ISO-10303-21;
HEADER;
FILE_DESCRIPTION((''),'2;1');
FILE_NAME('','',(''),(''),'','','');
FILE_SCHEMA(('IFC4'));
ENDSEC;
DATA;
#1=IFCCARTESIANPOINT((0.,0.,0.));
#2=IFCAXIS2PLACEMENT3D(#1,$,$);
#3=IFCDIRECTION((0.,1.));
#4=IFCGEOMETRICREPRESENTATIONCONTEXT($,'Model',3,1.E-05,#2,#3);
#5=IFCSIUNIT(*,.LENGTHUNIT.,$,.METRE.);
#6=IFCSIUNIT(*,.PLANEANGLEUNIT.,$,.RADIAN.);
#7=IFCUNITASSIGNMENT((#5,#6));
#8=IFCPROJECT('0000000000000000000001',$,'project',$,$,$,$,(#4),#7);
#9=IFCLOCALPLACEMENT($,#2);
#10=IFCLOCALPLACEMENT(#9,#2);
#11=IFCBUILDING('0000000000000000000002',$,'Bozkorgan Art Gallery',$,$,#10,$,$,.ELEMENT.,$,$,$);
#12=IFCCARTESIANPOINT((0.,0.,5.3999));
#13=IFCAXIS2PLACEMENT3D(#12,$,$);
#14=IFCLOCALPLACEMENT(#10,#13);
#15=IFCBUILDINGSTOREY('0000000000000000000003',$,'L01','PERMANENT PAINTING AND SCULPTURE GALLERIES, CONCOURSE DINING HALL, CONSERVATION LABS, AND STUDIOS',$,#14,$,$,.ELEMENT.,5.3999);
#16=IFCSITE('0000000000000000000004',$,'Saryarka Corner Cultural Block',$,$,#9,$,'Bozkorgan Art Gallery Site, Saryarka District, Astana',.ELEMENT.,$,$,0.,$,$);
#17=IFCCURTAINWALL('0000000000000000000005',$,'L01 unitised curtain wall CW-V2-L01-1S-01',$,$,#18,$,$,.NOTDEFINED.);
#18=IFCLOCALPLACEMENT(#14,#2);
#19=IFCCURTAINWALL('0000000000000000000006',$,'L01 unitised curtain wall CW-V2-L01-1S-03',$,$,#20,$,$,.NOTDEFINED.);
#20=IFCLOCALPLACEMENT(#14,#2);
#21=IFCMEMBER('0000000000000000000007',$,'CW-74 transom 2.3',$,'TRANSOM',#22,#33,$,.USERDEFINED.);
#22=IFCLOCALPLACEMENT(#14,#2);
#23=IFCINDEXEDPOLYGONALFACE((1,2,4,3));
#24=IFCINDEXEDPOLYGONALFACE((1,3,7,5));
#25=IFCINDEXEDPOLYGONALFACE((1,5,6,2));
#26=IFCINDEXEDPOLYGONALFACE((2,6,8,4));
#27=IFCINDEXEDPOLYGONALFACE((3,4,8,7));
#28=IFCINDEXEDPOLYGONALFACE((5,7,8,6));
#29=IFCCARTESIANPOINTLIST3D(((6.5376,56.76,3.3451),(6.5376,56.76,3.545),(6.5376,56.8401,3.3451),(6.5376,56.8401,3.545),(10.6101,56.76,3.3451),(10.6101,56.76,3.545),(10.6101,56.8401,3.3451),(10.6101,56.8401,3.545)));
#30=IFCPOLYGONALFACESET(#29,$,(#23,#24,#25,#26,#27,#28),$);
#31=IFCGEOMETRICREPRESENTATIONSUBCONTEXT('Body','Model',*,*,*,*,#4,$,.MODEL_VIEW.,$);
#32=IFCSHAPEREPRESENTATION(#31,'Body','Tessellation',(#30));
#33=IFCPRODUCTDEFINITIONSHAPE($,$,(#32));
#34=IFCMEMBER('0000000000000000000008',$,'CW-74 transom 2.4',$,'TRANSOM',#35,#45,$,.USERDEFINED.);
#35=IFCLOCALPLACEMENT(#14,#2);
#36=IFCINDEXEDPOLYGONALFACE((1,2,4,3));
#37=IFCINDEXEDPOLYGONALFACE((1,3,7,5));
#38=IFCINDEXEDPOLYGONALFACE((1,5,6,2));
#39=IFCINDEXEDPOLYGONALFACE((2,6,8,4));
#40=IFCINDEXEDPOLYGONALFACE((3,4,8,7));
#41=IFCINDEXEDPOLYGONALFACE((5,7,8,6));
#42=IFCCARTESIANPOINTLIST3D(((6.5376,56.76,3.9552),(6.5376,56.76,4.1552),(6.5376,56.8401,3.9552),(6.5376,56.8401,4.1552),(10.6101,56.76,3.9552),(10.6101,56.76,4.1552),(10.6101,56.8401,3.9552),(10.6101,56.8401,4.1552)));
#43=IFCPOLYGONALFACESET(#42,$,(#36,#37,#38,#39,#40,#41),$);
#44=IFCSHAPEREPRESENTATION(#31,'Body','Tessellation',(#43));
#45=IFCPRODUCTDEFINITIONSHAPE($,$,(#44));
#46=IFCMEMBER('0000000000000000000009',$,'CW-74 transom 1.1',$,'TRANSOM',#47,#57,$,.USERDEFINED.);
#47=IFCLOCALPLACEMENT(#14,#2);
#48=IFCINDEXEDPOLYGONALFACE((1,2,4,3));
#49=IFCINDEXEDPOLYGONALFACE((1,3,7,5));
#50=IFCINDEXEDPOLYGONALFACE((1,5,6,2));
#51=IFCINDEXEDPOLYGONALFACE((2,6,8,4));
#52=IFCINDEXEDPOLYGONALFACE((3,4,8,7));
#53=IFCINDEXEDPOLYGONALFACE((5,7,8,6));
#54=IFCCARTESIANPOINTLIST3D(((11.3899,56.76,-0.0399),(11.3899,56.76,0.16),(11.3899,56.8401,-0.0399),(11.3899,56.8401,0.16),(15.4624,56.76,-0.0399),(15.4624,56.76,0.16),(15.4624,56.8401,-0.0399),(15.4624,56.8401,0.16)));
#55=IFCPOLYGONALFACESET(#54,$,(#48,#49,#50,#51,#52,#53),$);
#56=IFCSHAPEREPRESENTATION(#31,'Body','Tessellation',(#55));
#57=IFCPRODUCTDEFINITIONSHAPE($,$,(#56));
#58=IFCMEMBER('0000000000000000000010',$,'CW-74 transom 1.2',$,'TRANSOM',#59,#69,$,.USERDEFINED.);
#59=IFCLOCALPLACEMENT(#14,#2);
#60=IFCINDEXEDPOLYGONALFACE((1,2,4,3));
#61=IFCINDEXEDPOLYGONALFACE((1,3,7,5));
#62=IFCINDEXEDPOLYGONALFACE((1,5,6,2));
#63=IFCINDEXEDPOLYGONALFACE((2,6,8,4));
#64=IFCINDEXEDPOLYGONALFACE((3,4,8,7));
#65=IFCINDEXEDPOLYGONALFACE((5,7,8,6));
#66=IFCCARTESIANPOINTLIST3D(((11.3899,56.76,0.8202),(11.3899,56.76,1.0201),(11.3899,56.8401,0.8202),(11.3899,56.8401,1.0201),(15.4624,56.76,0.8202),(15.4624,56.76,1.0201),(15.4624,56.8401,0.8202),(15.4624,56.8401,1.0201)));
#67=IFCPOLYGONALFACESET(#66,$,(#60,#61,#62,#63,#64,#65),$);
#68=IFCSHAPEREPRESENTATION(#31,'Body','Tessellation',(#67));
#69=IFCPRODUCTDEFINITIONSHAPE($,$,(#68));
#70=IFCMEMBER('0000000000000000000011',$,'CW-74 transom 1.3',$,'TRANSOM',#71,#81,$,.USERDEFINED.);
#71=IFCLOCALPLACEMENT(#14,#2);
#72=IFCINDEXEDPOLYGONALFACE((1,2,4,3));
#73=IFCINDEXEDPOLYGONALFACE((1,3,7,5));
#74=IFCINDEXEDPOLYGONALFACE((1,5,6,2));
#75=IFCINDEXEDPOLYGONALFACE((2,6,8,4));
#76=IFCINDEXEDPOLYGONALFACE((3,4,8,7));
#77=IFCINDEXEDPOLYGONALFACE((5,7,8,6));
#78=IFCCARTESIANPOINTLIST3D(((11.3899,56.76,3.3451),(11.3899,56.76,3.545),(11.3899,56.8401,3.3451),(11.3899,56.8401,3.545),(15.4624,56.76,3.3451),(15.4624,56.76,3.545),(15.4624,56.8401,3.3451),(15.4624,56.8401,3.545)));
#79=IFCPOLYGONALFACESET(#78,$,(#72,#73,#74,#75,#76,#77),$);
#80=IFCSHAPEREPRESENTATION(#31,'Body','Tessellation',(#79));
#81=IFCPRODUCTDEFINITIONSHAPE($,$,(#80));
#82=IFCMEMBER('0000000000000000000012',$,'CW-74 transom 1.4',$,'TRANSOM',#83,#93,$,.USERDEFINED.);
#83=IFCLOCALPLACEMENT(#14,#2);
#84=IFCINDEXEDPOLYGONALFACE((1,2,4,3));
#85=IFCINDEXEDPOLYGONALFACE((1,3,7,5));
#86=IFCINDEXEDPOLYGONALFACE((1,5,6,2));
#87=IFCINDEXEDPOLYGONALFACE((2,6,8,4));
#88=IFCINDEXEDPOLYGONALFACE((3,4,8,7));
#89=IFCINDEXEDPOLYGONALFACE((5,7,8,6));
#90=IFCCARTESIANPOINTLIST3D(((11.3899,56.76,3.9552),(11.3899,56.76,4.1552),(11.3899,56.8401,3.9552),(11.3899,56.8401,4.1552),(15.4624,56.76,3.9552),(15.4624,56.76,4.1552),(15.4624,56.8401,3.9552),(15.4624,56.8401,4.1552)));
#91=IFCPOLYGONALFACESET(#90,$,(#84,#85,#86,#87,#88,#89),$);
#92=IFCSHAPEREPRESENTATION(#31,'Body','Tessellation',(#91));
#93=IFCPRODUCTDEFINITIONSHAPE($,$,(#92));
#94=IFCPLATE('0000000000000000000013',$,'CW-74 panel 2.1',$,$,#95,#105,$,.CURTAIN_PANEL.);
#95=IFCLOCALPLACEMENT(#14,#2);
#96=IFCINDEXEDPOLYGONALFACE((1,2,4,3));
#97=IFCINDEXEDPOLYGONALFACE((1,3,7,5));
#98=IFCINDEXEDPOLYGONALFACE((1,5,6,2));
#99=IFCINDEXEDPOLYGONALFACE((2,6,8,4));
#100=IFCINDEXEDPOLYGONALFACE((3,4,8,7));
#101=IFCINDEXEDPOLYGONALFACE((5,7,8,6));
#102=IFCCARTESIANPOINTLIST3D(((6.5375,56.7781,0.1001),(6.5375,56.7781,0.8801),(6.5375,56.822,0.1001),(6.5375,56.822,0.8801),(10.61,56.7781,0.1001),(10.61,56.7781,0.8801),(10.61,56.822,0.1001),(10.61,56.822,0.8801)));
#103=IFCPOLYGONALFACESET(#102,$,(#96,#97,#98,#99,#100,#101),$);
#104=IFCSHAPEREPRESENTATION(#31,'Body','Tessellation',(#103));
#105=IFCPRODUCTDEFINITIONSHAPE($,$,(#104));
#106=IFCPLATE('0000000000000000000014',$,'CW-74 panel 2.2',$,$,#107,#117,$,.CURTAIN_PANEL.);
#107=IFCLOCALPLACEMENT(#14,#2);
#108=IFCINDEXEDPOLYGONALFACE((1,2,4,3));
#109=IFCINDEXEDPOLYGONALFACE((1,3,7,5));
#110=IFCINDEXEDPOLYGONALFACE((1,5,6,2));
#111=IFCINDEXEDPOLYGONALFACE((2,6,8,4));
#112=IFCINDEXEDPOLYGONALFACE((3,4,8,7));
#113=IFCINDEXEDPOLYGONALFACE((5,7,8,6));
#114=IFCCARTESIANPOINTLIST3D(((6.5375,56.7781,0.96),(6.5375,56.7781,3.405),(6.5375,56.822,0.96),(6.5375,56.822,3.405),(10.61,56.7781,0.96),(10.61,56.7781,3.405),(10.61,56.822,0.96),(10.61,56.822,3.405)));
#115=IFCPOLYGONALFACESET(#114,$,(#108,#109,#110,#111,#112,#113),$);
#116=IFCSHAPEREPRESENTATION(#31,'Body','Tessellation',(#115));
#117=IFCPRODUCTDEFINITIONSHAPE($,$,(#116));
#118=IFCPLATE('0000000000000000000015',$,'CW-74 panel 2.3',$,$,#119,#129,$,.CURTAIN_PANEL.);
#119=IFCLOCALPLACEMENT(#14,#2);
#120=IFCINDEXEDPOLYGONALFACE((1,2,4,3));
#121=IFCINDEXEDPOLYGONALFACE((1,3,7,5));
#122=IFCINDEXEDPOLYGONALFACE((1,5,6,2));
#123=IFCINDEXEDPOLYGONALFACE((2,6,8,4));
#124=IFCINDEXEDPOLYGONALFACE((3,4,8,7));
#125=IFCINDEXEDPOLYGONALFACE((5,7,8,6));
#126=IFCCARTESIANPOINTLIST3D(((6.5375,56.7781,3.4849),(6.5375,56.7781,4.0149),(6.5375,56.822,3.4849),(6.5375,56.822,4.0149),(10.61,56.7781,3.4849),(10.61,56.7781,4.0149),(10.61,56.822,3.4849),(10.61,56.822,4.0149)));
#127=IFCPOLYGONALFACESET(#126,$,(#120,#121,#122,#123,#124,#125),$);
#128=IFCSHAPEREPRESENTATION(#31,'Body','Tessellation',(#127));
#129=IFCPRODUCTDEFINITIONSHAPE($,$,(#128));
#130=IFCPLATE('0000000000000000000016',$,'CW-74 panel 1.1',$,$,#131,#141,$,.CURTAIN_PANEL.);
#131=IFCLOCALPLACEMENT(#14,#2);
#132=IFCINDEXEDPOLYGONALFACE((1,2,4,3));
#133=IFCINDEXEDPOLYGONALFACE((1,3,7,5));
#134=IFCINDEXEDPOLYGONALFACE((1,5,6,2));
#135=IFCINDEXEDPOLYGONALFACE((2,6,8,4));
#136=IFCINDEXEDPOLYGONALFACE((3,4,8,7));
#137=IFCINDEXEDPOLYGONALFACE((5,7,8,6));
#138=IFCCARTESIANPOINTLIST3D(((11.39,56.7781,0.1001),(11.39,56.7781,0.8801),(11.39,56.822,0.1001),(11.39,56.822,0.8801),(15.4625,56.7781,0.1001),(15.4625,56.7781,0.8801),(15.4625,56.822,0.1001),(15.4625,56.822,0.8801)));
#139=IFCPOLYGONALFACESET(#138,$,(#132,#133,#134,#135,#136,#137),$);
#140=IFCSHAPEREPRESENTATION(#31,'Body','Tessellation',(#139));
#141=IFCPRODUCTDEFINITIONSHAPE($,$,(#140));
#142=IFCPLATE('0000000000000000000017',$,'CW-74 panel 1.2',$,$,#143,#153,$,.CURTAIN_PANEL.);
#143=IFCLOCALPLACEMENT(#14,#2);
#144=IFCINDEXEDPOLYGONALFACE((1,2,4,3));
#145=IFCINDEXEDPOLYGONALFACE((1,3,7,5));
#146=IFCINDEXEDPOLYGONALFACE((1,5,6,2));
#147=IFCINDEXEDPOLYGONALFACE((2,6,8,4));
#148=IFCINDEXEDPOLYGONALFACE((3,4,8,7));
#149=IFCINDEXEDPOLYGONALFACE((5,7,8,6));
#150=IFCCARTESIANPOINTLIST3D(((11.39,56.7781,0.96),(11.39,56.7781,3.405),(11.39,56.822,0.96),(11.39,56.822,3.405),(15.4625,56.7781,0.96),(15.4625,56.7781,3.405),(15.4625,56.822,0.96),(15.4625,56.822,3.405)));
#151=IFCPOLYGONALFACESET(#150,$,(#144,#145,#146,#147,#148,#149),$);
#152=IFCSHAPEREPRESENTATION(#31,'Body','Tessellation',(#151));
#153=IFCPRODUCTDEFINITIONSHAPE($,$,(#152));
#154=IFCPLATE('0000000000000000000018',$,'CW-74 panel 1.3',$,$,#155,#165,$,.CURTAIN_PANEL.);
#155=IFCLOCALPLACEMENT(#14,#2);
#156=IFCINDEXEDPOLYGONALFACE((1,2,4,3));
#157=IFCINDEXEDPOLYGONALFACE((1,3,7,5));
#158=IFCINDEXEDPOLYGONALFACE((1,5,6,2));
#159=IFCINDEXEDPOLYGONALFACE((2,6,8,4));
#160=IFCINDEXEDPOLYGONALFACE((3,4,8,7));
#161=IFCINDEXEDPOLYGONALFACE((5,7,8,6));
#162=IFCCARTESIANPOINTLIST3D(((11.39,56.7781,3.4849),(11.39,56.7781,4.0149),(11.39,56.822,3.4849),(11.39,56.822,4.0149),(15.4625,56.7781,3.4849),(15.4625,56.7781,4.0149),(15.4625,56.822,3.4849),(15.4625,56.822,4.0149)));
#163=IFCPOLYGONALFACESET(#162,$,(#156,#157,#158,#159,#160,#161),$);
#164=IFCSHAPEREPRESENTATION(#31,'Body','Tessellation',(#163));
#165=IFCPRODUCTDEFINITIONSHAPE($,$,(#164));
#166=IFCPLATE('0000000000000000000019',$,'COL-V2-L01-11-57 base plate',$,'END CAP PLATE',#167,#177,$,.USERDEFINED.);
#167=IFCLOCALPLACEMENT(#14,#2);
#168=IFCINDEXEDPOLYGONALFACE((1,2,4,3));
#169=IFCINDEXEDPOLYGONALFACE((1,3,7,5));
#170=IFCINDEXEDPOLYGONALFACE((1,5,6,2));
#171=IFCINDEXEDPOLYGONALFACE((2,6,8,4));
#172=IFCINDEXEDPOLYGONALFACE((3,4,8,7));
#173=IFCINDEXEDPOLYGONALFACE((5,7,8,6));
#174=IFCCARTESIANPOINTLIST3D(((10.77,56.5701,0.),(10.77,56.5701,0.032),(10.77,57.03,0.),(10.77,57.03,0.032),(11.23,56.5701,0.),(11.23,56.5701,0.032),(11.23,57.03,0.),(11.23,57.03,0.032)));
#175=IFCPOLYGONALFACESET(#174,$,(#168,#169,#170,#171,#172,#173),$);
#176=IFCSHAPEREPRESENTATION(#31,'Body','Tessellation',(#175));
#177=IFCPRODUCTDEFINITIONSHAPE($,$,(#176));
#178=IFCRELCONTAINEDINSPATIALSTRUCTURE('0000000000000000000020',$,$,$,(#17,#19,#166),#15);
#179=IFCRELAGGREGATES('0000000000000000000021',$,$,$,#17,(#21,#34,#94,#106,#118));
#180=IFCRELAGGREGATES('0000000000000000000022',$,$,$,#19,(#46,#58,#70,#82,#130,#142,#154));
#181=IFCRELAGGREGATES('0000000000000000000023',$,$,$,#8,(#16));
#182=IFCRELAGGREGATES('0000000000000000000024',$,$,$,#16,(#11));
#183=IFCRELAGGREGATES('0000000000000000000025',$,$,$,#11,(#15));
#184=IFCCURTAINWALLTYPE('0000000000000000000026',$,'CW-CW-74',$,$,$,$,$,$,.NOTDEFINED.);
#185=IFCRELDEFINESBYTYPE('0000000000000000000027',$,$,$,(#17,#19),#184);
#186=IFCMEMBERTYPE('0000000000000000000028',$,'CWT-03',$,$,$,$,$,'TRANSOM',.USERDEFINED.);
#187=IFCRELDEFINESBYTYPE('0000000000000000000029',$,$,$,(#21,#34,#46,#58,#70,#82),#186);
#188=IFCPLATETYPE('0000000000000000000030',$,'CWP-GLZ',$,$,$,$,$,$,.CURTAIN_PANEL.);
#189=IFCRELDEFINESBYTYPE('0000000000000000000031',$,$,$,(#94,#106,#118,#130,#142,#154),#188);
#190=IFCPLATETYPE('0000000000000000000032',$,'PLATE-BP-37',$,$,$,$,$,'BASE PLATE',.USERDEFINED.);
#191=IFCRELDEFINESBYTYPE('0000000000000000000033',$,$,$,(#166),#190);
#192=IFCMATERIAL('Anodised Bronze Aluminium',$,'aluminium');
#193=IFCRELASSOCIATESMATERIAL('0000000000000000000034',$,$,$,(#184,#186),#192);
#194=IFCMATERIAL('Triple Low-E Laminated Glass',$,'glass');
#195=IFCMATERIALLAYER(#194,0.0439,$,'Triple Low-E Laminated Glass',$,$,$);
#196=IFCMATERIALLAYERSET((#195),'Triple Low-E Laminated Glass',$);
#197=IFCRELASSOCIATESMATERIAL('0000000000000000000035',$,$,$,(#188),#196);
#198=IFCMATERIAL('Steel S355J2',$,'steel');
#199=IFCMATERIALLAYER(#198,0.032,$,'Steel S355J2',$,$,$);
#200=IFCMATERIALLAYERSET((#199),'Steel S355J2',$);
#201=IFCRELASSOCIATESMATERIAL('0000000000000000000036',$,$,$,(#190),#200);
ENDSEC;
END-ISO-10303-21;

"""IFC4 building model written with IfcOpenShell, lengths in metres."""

from ifc_helpers import new_model, si_unit, direction, frame, origin, origin_2d, place, context, subcontext, project, spatial, rectangle, extrude, material, layer, layer_set, material_profile, profile_set, type_object, element, aggregate, save


model = new_model("IFC4")

# Units and contexts
model_context = context("Model", 3, precision=1e-05, world=origin(), true_north=direction((0.0, 1.0)))
body_context = subcontext(model_context, "Body", "Model", "MODEL_VIEW")
ifc_project = project(units=[si_unit("LENGTHUNIT", "METRE"), si_unit("PLANEANGLEUNIT", "RADIAN")], contexts=[model_context])

# Site, building, storey
site_placement = place(None, origin())
site = spatial("IfcSite", under=ifc_project, at=site_placement, Name="Saryarka Corner Cultural Block", LongName="Bozkorgan Art Gallery Site, Saryarka District, Astana", CompositionType="ELEMENT", RefElevation=0.0)
building_placement = place(site_placement, origin())
building = spatial("IfcBuilding", under=site, at=building_placement, Name="Bozkorgan Art Gallery", CompositionType="ELEMENT")
storey_placement = place(building_placement, frame((0.0, 0.0, 5.3999)))
storey = spatial("IfcBuildingStorey", under=building, at=storey_placement, Name="L01", Description="PERMANENT PAINTING AND SCULPTURE GALLERIES, CONCOURSE DINING HALL, CONSERVATION LABS, AND STUDIOS", CompositionType="ELEMENT", Elevation=5.3999)

# Shared definitions
ifc_material_1 = material(Name="Steel S355J2", Category="steel")

# Curtain walls
ifc_material_2 = material(Name="Anodised Bronze Aluminium", Category="aluminium")
curtain_wall_type = type_object("IfcCurtainWallType", Name="CW-CW-74", PredefinedType="NOTDEFINED", material=ifc_material_2)
curtain_wall_1_placement = place(storey_placement, origin())
curtain_wall_1 = element("IfcCurtainWall", 1, at=curtain_wall_1_placement, inside=storey, type_object=curtain_wall_type, Name="L01 unitised curtain wall CW-V2-L01-1S-01", PredefinedType="NOTDEFINED")
curtain_wall_2_placement = place(storey_placement, origin())
curtain_wall_2 = element("IfcCurtainWall", 2, at=curtain_wall_2_placement, inside=storey, type_object=curtain_wall_type, Name="L01 unitised curtain wall CW-V2-L01-1S-03", PredefinedType="NOTDEFINED")

# Members
ifc_material_profile_1 = material_profile(ifc_material_2, rectangle(XDim=0.0801, YDim=0.2, at=origin_2d()), Name="ALU TRANSOM 80x200")
ifc_profile_set_1 = profile_set([ifc_material_profile_1], Name="Anodised Bronze Aluminium")
member_type_1 = type_object("IfcMemberType", Name="CWT-03", ElementType="TRANSOM", PredefinedType="USERDEFINED", material=ifc_profile_set_1)
member_1_placement = place(storey_placement, frame((6.5376, 56.8, 3.4451), z_axis=(1.0, 0.0, 0.0), x_axis=(0.0, 1.0, 0.0)))
member_1 = element("IfcMember", 3, at=member_1_placement, type_object=member_type_1, Name="CW-74 transom 2.3", ObjectType="TRANSOM", PredefinedType="USERDEFINED", context=body_context, shape_type="SweptSolid", body=[
    extrude(rectangle(XDim=0.0801, YDim=0.2, at=origin_2d()), origin(), (0.0, 0.0, 1.0), 4.0725),
])
member_2_placement = place(storey_placement, frame((6.5376, 56.8, 4.0552), z_axis=(1.0, 0.0, 0.0), x_axis=(0.0, 1.0, 0.0)))
member_2 = element("IfcMember", 4, at=member_2_placement, type_object=member_type_1, Name="CW-74 transom 2.4", ObjectType="TRANSOM", PredefinedType="USERDEFINED", context=body_context, shape_type="SweptSolid", body=[
    extrude(rectangle(XDim=0.0801, YDim=0.2, at=origin_2d()), origin(), (0.0, 0.0, 1.0), 4.0725),
])
member_3_placement = place(storey_placement, frame((11.3899, 56.8, 0.0601), z_axis=(1.0, 0.0, 0.0), x_axis=(0.0, 1.0, 0.0)))
member_3 = element("IfcMember", 5, at=member_3_placement, type_object=member_type_1, Name="CW-74 transom 1.1", ObjectType="TRANSOM", PredefinedType="USERDEFINED", context=body_context, shape_type="SweptSolid", body=[
    extrude(rectangle(XDim=0.0801, YDim=0.2, at=origin_2d()), origin(), (0.0, 0.0, 1.0), 4.0725),
])
member_4_placement = place(storey_placement, frame((11.3899, 56.8, 0.9202), z_axis=(1.0, 0.0, 0.0), x_axis=(0.0, 1.0, 0.0)))
member_4 = element("IfcMember", 6, at=member_4_placement, type_object=member_type_1, Name="CW-74 transom 1.2", ObjectType="TRANSOM", PredefinedType="USERDEFINED", context=body_context, shape_type="SweptSolid", body=[
    extrude(rectangle(XDim=0.0801, YDim=0.2, at=origin_2d()), origin(), (0.0, 0.0, 1.0), 4.0725),
])
member_5_placement = place(storey_placement, frame((11.3899, 56.8, 3.4451), z_axis=(1.0, 0.0, 0.0), x_axis=(0.0, 1.0, 0.0)))
member_5 = element("IfcMember", 7, at=member_5_placement, type_object=member_type_1, Name="CW-74 transom 1.3", ObjectType="TRANSOM", PredefinedType="USERDEFINED", context=body_context, shape_type="SweptSolid", body=[
    extrude(rectangle(XDim=0.0801, YDim=0.2, at=origin_2d()), origin(), (0.0, 0.0, 1.0), 4.0725),
])
member_6_placement = place(storey_placement, frame((11.3899, 56.8, 4.0552), z_axis=(1.0, 0.0, 0.0), x_axis=(0.0, 1.0, 0.0)))
member_6 = element("IfcMember", 8, at=member_6_placement, type_object=member_type_1, Name="CW-74 transom 1.4", ObjectType="TRANSOM", PredefinedType="USERDEFINED", context=body_context, shape_type="SweptSolid", body=[
    extrude(rectangle(XDim=0.0801, YDim=0.2, at=origin_2d()), origin(), (0.0, 0.0, 1.0), 4.0725),
])

# Plates
ifc_material_3 = material(Name="Triple Low-E Laminated Glass", Category="glass")
ifc_layer_1 = layer(ifc_material_3, 0.0439, Name="Triple Low-E Laminated Glass")
ifc_layer_set_1 = layer_set([ifc_layer_1], Name="Triple Low-E Laminated Glass")
plate_type_1 = type_object("IfcPlateType", Name="CWP-GLZ", PredefinedType="CURTAIN_PANEL", material=ifc_layer_set_1)
plate_1_placement = place(storey_placement, frame((8.5737, 56.8, 0.1001), z_axis=(0.0, 0.0, 1.0), x_axis=(1.0, 0.0, 0.0)))
plate_1 = element("IfcPlate", 9, at=plate_1_placement, type_object=plate_type_1, Name="CW-74 panel 2.1", PredefinedType="CURTAIN_PANEL", context=body_context, shape_type="SweptSolid", body=[
    extrude(rectangle(XDim=4.0725, YDim=0.0439, at=origin_2d()), origin(), (0.0, 0.0, 1.0), 0.78),
])
plate_2_placement = place(storey_placement, frame((8.5737, 56.8, 0.96), z_axis=(0.0, 0.0, 1.0), x_axis=(1.0, 0.0, 0.0)))
plate_2 = element("IfcPlate", 10, at=plate_2_placement, type_object=plate_type_1, Name="CW-74 panel 2.2", PredefinedType="CURTAIN_PANEL", context=body_context, shape_type="SweptSolid", body=[
    extrude(rectangle(XDim=4.0725, YDim=0.0439, at=origin_2d()), origin(), (0.0, 0.0, 1.0), 2.4451),
])
plate_3_placement = place(storey_placement, frame((8.5737, 56.8, 3.4849), z_axis=(0.0, 0.0, 1.0), x_axis=(1.0, 0.0, 0.0)))
plate_3 = element("IfcPlate", 11, at=plate_3_placement, type_object=plate_type_1, Name="CW-74 panel 2.3", PredefinedType="CURTAIN_PANEL", context=body_context, shape_type="SweptSolid", body=[
    extrude(rectangle(XDim=4.0725, YDim=0.0439, at=origin_2d()), origin(), (0.0, 0.0, 1.0), 0.53),
])
aggregate(curtain_wall_1, [member_1, member_2, plate_1, plate_2, plate_3])
plate_4_placement = place(storey_placement, frame((13.4263, 56.8, 0.1001), z_axis=(0.0, 0.0, 1.0), x_axis=(1.0, 0.0, 0.0)))
plate_4 = element("IfcPlate", 12, at=plate_4_placement, type_object=plate_type_1, Name="CW-74 panel 1.1", PredefinedType="CURTAIN_PANEL", context=body_context, shape_type="SweptSolid", body=[
    extrude(rectangle(XDim=4.0725, YDim=0.0439, at=origin_2d()), origin(), (0.0, 0.0, 1.0), 0.78),
])
plate_5_placement = place(storey_placement, frame((13.4263, 56.8, 0.96), z_axis=(0.0, 0.0, 1.0), x_axis=(1.0, 0.0, 0.0)))
plate_5 = element("IfcPlate", 13, at=plate_5_placement, type_object=plate_type_1, Name="CW-74 panel 1.2", PredefinedType="CURTAIN_PANEL", context=body_context, shape_type="SweptSolid", body=[
    extrude(rectangle(XDim=4.0725, YDim=0.0439, at=origin_2d()), origin(), (0.0, 0.0, 1.0), 2.4451),
])
plate_6_placement = place(storey_placement, frame((13.4263, 56.8, 3.4849), z_axis=(0.0, 0.0, 1.0), x_axis=(1.0, 0.0, 0.0)))
plate_6 = element("IfcPlate", 14, at=plate_6_placement, type_object=plate_type_1, Name="CW-74 panel 1.3", PredefinedType="CURTAIN_PANEL", context=body_context, shape_type="SweptSolid", body=[
    extrude(rectangle(XDim=4.0725, YDim=0.0439, at=origin_2d()), origin(), (0.0, 0.0, 1.0), 0.53),
])
aggregate(curtain_wall_2, [member_3, member_4, member_5, member_6, plate_4, plate_5, plate_6])
ifc_layer_2 = layer(ifc_material_1, 0.032, Name="Steel S355J2")
ifc_layer_set_2 = layer_set([ifc_layer_2], Name="Steel S355J2")
plate_type_2 = type_object("IfcPlateType", Name="PLATE-BP-37", ElementType="BASE PLATE", PredefinedType="USERDEFINED", material=ifc_layer_set_2)
plate_7_placement = place(storey_placement, frame((11.0, 56.8, 0.0), z_axis=(0.0, 0.0, 1.0), x_axis=(1.0, 0.0, 0.0)))
element("IfcPlate", 15, at=plate_7_placement, inside=storey, type_object=plate_type_2, Name="COL-V2-L01-11-57 base plate", ObjectType="END CAP PLATE", PredefinedType="USERDEFINED", context=body_context, shape_type="SweptSolid", body=[
    extrude(rectangle(XDim=0.46, YDim=0.46, at=origin_2d()), origin(), (0.0, 0.0, 1.0), 0.032),
])

save(model, "model.ifc")
